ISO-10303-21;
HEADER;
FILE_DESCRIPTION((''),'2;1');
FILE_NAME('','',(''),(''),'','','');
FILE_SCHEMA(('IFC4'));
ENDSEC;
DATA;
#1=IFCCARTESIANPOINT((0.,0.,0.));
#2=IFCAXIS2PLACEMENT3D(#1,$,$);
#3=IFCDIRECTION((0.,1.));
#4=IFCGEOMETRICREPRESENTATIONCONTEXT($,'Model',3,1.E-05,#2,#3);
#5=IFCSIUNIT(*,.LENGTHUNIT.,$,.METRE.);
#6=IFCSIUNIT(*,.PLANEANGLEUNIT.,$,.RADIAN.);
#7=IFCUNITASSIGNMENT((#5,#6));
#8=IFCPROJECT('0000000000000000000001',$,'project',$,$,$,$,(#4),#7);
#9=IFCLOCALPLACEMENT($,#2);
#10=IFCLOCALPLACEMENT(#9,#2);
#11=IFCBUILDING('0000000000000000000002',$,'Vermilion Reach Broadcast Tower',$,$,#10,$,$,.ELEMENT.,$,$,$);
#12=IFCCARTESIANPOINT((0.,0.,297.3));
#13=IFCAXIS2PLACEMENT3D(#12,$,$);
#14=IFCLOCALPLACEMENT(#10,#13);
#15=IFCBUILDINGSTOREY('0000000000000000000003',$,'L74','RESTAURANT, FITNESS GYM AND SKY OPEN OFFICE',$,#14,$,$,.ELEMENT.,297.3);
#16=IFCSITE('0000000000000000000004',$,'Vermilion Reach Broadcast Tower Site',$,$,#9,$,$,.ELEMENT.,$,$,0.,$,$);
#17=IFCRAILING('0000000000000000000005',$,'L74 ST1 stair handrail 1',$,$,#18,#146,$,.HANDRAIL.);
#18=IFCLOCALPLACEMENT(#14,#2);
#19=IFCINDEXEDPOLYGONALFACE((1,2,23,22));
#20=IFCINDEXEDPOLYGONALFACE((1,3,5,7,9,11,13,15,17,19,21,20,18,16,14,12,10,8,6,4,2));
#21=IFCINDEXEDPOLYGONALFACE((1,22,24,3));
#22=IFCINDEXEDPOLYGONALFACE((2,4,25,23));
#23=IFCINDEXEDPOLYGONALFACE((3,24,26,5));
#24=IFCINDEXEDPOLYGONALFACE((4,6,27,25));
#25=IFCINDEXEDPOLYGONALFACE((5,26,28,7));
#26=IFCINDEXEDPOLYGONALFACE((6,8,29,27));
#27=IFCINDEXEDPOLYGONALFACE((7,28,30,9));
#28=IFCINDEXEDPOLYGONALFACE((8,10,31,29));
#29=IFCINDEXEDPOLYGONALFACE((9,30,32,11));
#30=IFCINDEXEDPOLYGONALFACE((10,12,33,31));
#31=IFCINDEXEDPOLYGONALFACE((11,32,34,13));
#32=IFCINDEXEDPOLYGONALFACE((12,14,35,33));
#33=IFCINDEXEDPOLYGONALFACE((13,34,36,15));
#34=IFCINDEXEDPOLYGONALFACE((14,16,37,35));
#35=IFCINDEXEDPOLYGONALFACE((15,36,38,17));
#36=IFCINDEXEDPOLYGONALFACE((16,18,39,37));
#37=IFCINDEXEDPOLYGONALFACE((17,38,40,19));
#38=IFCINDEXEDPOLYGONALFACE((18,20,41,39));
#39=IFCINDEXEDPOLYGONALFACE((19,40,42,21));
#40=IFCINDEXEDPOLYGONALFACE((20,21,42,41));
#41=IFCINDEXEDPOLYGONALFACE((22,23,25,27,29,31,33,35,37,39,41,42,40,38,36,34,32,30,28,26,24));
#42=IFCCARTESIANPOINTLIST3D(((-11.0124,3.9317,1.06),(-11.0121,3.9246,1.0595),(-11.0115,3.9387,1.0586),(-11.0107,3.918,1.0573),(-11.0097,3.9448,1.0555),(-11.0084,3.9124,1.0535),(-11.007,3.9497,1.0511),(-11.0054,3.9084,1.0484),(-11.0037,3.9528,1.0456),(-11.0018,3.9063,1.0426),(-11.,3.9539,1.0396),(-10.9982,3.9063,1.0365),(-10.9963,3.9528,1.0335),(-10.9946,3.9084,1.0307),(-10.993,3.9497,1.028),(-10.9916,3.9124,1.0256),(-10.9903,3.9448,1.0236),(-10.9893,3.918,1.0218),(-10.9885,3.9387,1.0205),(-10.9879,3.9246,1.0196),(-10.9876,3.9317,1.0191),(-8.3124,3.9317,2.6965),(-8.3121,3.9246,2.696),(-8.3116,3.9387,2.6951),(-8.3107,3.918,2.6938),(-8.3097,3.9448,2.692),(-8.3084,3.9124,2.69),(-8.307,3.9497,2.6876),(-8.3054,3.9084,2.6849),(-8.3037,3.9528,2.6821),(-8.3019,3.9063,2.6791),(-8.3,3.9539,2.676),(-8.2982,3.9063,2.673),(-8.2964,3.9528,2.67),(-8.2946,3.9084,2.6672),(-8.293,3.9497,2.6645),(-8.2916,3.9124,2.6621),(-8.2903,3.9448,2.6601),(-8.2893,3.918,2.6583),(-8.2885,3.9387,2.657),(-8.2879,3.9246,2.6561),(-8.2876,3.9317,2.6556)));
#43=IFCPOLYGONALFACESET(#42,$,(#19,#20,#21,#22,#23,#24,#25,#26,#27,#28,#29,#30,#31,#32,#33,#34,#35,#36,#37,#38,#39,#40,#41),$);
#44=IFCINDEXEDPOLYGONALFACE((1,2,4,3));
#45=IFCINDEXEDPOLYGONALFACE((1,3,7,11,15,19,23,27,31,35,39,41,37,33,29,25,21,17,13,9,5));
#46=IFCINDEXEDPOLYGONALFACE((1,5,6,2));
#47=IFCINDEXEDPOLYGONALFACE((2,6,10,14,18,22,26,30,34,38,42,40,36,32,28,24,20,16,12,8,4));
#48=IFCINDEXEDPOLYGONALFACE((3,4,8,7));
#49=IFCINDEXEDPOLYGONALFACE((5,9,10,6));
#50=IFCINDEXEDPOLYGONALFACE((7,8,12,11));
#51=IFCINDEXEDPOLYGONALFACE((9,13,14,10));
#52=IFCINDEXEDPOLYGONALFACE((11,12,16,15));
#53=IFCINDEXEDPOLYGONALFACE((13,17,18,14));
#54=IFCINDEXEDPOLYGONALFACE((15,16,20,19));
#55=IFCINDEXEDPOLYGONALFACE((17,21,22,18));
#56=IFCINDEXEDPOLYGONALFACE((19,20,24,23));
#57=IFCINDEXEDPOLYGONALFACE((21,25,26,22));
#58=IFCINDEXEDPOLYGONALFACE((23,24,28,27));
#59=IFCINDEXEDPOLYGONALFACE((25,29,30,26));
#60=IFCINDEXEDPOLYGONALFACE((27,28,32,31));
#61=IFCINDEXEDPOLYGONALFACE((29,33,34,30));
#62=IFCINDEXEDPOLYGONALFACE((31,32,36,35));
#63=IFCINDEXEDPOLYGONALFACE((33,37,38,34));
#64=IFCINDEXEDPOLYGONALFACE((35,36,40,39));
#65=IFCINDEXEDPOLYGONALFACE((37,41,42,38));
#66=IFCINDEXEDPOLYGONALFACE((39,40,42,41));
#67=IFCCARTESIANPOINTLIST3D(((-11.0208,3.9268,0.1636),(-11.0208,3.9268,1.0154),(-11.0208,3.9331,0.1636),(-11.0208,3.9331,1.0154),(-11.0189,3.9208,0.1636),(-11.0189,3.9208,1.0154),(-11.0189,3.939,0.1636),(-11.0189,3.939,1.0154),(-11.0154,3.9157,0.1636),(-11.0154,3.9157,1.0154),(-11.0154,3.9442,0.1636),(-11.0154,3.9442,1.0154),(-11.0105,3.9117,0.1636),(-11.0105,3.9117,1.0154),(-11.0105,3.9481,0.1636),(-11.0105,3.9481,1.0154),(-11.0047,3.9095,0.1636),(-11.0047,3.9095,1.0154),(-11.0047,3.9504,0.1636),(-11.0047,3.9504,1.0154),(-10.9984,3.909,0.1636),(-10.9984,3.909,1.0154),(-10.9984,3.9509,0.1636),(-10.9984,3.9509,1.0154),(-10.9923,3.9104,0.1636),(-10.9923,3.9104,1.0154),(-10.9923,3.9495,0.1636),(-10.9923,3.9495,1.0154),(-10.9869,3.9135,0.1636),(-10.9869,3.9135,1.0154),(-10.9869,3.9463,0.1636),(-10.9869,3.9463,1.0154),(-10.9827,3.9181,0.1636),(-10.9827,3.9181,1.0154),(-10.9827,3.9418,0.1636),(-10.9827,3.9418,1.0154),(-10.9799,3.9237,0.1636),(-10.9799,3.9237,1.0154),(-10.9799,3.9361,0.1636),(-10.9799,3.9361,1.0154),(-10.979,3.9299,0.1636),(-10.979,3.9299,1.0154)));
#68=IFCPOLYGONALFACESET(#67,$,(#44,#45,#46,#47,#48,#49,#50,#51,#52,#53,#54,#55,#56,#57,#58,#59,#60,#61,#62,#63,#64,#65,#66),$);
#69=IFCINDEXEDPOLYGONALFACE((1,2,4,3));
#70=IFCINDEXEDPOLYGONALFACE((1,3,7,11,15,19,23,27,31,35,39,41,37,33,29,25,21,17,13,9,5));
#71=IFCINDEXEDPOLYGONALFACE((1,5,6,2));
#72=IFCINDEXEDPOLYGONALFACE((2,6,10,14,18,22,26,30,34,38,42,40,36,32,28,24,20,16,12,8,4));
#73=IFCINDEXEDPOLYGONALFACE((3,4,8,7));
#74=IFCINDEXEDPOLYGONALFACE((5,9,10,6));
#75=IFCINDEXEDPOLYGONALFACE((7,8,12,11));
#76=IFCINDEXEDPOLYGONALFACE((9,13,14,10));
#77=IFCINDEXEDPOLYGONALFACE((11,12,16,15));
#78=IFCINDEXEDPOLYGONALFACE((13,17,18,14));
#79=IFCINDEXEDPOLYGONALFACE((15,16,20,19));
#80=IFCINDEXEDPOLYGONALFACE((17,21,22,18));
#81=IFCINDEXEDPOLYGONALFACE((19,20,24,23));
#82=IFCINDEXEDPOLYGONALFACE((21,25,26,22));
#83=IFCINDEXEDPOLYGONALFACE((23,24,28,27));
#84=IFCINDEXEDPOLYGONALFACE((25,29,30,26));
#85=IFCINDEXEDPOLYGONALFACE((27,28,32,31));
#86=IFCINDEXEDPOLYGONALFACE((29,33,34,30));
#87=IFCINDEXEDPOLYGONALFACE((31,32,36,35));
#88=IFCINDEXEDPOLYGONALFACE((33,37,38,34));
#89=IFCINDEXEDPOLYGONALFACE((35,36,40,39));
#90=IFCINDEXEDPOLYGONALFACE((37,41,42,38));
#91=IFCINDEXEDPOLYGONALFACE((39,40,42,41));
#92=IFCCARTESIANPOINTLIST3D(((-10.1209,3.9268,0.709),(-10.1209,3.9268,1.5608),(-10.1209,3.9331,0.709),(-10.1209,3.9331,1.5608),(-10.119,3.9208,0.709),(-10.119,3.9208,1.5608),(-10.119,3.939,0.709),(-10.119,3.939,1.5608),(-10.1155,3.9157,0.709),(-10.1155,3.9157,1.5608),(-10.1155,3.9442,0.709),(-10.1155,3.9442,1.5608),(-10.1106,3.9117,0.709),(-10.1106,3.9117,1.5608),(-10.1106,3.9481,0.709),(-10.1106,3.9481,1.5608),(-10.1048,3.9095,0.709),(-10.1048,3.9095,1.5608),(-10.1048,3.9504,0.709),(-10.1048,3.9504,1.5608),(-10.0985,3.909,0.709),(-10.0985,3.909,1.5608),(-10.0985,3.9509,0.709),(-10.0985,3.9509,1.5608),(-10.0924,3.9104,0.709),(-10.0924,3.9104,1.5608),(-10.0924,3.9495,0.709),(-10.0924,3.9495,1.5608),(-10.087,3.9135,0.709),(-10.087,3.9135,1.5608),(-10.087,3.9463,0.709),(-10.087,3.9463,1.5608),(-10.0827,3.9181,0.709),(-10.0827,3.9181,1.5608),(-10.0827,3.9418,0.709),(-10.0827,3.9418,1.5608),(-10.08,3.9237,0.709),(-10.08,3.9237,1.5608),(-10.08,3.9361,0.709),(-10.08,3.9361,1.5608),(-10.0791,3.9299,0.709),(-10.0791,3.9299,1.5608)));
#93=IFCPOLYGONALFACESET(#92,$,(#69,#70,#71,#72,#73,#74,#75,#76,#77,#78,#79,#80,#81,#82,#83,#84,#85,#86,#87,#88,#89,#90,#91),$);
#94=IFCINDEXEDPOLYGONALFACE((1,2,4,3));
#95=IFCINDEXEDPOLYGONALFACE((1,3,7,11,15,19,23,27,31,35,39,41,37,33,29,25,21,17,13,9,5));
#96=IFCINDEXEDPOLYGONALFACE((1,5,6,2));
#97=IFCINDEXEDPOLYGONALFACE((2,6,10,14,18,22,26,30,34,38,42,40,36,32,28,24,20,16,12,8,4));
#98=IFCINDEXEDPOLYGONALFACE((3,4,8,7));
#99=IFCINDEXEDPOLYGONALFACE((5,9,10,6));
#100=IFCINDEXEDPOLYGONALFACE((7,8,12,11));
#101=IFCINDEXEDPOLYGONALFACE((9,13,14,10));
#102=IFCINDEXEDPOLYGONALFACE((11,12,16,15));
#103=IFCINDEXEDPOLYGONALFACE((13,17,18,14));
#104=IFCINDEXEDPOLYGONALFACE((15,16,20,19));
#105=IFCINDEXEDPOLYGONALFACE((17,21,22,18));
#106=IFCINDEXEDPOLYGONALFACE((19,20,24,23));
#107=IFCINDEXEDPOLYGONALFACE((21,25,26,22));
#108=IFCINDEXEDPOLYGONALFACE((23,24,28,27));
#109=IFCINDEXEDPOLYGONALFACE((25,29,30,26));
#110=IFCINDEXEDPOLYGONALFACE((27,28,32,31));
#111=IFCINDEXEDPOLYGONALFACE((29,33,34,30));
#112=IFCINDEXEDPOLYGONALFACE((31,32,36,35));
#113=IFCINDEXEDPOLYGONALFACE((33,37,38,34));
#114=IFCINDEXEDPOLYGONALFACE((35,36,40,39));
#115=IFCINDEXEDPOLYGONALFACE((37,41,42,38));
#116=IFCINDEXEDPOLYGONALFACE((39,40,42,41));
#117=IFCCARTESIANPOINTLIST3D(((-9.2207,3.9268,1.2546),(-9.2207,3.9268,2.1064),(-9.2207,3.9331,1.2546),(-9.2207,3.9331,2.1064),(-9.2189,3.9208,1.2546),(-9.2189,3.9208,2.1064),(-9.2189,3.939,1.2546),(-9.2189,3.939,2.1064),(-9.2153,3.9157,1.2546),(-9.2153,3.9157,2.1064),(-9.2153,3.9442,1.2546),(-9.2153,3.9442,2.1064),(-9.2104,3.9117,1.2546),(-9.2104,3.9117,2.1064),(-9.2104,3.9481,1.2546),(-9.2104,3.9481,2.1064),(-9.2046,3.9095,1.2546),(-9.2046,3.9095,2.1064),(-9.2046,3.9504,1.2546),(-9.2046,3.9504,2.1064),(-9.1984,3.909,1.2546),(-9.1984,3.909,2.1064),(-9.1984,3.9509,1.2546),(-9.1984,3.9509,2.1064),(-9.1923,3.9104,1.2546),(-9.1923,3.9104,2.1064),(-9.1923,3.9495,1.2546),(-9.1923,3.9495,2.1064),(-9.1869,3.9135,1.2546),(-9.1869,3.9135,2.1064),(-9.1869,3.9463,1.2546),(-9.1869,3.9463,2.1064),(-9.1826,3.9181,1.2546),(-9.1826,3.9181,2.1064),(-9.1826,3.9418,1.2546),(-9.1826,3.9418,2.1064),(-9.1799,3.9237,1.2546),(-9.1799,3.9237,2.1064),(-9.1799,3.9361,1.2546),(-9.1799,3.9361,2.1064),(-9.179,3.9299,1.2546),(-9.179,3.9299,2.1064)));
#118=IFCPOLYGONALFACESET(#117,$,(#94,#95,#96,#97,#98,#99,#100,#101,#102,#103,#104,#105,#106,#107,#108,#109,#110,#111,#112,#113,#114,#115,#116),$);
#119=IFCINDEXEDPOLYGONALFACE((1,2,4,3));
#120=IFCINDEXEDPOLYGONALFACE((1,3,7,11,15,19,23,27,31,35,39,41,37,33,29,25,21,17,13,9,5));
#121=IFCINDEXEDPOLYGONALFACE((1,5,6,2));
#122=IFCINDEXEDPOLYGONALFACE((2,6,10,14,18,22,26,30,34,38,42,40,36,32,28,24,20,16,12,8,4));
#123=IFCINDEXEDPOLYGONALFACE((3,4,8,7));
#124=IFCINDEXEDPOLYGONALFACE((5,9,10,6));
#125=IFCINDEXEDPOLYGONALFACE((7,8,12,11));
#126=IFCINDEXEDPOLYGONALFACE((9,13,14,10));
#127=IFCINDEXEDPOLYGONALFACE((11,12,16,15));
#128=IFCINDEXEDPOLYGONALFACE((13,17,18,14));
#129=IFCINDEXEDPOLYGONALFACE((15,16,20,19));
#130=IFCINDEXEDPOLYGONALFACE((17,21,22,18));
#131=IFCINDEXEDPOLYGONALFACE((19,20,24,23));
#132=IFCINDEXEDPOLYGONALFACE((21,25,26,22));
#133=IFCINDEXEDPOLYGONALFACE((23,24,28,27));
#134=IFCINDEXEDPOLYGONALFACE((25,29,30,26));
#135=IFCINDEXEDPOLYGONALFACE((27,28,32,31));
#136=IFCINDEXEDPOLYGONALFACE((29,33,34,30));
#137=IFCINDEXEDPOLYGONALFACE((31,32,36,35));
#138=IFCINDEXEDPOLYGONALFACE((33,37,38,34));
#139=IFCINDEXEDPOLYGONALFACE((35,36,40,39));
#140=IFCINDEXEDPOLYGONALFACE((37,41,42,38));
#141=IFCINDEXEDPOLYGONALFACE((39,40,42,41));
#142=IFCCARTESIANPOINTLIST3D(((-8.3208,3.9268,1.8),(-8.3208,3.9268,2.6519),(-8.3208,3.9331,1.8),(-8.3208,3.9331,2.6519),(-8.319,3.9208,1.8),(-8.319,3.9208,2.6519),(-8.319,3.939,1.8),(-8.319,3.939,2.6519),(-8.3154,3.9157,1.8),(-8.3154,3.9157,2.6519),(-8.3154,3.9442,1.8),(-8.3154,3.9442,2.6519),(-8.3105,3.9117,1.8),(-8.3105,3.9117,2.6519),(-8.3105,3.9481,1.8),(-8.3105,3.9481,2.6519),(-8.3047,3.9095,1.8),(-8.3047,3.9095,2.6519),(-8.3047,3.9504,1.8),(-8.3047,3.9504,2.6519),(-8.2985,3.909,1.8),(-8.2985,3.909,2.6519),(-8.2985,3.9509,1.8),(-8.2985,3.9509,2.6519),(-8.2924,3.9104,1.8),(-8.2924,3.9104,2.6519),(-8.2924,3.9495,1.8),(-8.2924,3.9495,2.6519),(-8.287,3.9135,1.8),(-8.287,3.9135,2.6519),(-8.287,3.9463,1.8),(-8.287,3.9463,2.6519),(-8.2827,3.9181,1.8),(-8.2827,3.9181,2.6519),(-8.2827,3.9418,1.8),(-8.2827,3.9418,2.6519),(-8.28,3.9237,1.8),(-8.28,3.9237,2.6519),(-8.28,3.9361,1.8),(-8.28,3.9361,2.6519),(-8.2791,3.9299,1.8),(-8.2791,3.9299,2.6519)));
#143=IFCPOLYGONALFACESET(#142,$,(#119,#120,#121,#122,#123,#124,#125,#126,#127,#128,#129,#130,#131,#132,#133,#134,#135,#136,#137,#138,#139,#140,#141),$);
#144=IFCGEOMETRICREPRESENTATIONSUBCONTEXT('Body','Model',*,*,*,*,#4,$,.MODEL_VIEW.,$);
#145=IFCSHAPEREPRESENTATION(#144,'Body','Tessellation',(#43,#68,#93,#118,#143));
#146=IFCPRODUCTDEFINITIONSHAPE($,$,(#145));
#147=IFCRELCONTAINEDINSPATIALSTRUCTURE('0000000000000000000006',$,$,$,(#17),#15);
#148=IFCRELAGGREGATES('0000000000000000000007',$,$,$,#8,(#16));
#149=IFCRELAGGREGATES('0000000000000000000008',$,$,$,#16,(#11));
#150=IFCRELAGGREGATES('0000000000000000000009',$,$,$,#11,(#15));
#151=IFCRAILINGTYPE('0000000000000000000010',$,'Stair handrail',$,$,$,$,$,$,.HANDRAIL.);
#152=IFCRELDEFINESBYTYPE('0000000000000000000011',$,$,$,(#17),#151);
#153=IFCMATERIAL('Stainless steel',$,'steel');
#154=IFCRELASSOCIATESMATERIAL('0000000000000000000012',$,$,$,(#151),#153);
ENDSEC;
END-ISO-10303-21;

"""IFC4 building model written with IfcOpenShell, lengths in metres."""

from ifc_helpers import new_model, si_unit, direction, frame, origin, origin_2d, place, context, subcontext, project, spatial, circle, extrude, material, type_object, element, save


model = new_model("IFC4")

# Units and contexts
model_context = context("Model", 3, precision=1e-05, world=origin(), true_north=direction((0.0, 1.0)))
body_context = subcontext(model_context, "Body", "Model", "MODEL_VIEW")
ifc_project = project(units=[si_unit("LENGTHUNIT", "METRE"), si_unit("PLANEANGLEUNIT", "RADIAN")], contexts=[model_context])

# Site, building, storey
site_placement = place(None, origin())
site = spatial("IfcSite", under=ifc_project, at=site_placement, Name="Vermilion Reach Broadcast Tower Site", CompositionType="ELEMENT", RefElevation=0.0)
building_placement = place(site_placement, origin())
building = spatial("IfcBuilding", under=site, at=building_placement, Name="Vermilion Reach Broadcast Tower", CompositionType="ELEMENT")
storey_placement = place(building_placement, frame((0.0, 0.0, 297.3)))
storey = spatial("IfcBuildingStorey", under=building, at=storey_placement, Name="L74", Description="RESTAURANT, FITNESS GYM AND SKY OPEN OFFICE", CompositionType="ELEMENT", Elevation=297.3)

# Railing
ifc_material_1 = material(Name="Stainless steel", Category="steel")
railing_type_1 = type_object("IfcRailingType", Name="Stair handrail", PredefinedType="HANDRAIL", material=ifc_material_1)
railing_1_placement = place(storey_placement, frame((-11.0, 3.9299, 0.1636)))
element("IfcRailing", 1, at=railing_1_placement, inside=storey, type_object=railing_type_1, Name="L74 ST1 stair handrail 1", PredefinedType="HANDRAIL", context=body_context, shape_type="SweptSolid", body=[
    extrude(circle(Radius=0.0239, at=origin_2d()), frame((0.0, 0.0, 0.876), z_axis=(0.855178, 0.0, 0.518334), x_axis=(0.0, 1.0, 0.0)), (0.0, 0.0, 1.0), 3.1572),
    extrude(circle(Radius=0.021, at=origin_2d()), origin(), (0.0, 0.0, 1.0), 0.8518),
    extrude(circle(Radius=0.021, at=origin_2d()), frame((0.8999, 0.0, 0.5454)), (0.0, 0.0, 1.0), 0.8518),
    extrude(circle(Radius=0.021, at=origin_2d()), frame((1.8, 0.0, 1.0911)), (0.0, 0.0, 1.0), 0.8518),
    extrude(circle(Radius=0.021, at=origin_2d()), frame((2.7, 0.0, 1.6365)), (0.0, 0.0, 1.0), 0.8518),
])

save(model, "model.ifc")
